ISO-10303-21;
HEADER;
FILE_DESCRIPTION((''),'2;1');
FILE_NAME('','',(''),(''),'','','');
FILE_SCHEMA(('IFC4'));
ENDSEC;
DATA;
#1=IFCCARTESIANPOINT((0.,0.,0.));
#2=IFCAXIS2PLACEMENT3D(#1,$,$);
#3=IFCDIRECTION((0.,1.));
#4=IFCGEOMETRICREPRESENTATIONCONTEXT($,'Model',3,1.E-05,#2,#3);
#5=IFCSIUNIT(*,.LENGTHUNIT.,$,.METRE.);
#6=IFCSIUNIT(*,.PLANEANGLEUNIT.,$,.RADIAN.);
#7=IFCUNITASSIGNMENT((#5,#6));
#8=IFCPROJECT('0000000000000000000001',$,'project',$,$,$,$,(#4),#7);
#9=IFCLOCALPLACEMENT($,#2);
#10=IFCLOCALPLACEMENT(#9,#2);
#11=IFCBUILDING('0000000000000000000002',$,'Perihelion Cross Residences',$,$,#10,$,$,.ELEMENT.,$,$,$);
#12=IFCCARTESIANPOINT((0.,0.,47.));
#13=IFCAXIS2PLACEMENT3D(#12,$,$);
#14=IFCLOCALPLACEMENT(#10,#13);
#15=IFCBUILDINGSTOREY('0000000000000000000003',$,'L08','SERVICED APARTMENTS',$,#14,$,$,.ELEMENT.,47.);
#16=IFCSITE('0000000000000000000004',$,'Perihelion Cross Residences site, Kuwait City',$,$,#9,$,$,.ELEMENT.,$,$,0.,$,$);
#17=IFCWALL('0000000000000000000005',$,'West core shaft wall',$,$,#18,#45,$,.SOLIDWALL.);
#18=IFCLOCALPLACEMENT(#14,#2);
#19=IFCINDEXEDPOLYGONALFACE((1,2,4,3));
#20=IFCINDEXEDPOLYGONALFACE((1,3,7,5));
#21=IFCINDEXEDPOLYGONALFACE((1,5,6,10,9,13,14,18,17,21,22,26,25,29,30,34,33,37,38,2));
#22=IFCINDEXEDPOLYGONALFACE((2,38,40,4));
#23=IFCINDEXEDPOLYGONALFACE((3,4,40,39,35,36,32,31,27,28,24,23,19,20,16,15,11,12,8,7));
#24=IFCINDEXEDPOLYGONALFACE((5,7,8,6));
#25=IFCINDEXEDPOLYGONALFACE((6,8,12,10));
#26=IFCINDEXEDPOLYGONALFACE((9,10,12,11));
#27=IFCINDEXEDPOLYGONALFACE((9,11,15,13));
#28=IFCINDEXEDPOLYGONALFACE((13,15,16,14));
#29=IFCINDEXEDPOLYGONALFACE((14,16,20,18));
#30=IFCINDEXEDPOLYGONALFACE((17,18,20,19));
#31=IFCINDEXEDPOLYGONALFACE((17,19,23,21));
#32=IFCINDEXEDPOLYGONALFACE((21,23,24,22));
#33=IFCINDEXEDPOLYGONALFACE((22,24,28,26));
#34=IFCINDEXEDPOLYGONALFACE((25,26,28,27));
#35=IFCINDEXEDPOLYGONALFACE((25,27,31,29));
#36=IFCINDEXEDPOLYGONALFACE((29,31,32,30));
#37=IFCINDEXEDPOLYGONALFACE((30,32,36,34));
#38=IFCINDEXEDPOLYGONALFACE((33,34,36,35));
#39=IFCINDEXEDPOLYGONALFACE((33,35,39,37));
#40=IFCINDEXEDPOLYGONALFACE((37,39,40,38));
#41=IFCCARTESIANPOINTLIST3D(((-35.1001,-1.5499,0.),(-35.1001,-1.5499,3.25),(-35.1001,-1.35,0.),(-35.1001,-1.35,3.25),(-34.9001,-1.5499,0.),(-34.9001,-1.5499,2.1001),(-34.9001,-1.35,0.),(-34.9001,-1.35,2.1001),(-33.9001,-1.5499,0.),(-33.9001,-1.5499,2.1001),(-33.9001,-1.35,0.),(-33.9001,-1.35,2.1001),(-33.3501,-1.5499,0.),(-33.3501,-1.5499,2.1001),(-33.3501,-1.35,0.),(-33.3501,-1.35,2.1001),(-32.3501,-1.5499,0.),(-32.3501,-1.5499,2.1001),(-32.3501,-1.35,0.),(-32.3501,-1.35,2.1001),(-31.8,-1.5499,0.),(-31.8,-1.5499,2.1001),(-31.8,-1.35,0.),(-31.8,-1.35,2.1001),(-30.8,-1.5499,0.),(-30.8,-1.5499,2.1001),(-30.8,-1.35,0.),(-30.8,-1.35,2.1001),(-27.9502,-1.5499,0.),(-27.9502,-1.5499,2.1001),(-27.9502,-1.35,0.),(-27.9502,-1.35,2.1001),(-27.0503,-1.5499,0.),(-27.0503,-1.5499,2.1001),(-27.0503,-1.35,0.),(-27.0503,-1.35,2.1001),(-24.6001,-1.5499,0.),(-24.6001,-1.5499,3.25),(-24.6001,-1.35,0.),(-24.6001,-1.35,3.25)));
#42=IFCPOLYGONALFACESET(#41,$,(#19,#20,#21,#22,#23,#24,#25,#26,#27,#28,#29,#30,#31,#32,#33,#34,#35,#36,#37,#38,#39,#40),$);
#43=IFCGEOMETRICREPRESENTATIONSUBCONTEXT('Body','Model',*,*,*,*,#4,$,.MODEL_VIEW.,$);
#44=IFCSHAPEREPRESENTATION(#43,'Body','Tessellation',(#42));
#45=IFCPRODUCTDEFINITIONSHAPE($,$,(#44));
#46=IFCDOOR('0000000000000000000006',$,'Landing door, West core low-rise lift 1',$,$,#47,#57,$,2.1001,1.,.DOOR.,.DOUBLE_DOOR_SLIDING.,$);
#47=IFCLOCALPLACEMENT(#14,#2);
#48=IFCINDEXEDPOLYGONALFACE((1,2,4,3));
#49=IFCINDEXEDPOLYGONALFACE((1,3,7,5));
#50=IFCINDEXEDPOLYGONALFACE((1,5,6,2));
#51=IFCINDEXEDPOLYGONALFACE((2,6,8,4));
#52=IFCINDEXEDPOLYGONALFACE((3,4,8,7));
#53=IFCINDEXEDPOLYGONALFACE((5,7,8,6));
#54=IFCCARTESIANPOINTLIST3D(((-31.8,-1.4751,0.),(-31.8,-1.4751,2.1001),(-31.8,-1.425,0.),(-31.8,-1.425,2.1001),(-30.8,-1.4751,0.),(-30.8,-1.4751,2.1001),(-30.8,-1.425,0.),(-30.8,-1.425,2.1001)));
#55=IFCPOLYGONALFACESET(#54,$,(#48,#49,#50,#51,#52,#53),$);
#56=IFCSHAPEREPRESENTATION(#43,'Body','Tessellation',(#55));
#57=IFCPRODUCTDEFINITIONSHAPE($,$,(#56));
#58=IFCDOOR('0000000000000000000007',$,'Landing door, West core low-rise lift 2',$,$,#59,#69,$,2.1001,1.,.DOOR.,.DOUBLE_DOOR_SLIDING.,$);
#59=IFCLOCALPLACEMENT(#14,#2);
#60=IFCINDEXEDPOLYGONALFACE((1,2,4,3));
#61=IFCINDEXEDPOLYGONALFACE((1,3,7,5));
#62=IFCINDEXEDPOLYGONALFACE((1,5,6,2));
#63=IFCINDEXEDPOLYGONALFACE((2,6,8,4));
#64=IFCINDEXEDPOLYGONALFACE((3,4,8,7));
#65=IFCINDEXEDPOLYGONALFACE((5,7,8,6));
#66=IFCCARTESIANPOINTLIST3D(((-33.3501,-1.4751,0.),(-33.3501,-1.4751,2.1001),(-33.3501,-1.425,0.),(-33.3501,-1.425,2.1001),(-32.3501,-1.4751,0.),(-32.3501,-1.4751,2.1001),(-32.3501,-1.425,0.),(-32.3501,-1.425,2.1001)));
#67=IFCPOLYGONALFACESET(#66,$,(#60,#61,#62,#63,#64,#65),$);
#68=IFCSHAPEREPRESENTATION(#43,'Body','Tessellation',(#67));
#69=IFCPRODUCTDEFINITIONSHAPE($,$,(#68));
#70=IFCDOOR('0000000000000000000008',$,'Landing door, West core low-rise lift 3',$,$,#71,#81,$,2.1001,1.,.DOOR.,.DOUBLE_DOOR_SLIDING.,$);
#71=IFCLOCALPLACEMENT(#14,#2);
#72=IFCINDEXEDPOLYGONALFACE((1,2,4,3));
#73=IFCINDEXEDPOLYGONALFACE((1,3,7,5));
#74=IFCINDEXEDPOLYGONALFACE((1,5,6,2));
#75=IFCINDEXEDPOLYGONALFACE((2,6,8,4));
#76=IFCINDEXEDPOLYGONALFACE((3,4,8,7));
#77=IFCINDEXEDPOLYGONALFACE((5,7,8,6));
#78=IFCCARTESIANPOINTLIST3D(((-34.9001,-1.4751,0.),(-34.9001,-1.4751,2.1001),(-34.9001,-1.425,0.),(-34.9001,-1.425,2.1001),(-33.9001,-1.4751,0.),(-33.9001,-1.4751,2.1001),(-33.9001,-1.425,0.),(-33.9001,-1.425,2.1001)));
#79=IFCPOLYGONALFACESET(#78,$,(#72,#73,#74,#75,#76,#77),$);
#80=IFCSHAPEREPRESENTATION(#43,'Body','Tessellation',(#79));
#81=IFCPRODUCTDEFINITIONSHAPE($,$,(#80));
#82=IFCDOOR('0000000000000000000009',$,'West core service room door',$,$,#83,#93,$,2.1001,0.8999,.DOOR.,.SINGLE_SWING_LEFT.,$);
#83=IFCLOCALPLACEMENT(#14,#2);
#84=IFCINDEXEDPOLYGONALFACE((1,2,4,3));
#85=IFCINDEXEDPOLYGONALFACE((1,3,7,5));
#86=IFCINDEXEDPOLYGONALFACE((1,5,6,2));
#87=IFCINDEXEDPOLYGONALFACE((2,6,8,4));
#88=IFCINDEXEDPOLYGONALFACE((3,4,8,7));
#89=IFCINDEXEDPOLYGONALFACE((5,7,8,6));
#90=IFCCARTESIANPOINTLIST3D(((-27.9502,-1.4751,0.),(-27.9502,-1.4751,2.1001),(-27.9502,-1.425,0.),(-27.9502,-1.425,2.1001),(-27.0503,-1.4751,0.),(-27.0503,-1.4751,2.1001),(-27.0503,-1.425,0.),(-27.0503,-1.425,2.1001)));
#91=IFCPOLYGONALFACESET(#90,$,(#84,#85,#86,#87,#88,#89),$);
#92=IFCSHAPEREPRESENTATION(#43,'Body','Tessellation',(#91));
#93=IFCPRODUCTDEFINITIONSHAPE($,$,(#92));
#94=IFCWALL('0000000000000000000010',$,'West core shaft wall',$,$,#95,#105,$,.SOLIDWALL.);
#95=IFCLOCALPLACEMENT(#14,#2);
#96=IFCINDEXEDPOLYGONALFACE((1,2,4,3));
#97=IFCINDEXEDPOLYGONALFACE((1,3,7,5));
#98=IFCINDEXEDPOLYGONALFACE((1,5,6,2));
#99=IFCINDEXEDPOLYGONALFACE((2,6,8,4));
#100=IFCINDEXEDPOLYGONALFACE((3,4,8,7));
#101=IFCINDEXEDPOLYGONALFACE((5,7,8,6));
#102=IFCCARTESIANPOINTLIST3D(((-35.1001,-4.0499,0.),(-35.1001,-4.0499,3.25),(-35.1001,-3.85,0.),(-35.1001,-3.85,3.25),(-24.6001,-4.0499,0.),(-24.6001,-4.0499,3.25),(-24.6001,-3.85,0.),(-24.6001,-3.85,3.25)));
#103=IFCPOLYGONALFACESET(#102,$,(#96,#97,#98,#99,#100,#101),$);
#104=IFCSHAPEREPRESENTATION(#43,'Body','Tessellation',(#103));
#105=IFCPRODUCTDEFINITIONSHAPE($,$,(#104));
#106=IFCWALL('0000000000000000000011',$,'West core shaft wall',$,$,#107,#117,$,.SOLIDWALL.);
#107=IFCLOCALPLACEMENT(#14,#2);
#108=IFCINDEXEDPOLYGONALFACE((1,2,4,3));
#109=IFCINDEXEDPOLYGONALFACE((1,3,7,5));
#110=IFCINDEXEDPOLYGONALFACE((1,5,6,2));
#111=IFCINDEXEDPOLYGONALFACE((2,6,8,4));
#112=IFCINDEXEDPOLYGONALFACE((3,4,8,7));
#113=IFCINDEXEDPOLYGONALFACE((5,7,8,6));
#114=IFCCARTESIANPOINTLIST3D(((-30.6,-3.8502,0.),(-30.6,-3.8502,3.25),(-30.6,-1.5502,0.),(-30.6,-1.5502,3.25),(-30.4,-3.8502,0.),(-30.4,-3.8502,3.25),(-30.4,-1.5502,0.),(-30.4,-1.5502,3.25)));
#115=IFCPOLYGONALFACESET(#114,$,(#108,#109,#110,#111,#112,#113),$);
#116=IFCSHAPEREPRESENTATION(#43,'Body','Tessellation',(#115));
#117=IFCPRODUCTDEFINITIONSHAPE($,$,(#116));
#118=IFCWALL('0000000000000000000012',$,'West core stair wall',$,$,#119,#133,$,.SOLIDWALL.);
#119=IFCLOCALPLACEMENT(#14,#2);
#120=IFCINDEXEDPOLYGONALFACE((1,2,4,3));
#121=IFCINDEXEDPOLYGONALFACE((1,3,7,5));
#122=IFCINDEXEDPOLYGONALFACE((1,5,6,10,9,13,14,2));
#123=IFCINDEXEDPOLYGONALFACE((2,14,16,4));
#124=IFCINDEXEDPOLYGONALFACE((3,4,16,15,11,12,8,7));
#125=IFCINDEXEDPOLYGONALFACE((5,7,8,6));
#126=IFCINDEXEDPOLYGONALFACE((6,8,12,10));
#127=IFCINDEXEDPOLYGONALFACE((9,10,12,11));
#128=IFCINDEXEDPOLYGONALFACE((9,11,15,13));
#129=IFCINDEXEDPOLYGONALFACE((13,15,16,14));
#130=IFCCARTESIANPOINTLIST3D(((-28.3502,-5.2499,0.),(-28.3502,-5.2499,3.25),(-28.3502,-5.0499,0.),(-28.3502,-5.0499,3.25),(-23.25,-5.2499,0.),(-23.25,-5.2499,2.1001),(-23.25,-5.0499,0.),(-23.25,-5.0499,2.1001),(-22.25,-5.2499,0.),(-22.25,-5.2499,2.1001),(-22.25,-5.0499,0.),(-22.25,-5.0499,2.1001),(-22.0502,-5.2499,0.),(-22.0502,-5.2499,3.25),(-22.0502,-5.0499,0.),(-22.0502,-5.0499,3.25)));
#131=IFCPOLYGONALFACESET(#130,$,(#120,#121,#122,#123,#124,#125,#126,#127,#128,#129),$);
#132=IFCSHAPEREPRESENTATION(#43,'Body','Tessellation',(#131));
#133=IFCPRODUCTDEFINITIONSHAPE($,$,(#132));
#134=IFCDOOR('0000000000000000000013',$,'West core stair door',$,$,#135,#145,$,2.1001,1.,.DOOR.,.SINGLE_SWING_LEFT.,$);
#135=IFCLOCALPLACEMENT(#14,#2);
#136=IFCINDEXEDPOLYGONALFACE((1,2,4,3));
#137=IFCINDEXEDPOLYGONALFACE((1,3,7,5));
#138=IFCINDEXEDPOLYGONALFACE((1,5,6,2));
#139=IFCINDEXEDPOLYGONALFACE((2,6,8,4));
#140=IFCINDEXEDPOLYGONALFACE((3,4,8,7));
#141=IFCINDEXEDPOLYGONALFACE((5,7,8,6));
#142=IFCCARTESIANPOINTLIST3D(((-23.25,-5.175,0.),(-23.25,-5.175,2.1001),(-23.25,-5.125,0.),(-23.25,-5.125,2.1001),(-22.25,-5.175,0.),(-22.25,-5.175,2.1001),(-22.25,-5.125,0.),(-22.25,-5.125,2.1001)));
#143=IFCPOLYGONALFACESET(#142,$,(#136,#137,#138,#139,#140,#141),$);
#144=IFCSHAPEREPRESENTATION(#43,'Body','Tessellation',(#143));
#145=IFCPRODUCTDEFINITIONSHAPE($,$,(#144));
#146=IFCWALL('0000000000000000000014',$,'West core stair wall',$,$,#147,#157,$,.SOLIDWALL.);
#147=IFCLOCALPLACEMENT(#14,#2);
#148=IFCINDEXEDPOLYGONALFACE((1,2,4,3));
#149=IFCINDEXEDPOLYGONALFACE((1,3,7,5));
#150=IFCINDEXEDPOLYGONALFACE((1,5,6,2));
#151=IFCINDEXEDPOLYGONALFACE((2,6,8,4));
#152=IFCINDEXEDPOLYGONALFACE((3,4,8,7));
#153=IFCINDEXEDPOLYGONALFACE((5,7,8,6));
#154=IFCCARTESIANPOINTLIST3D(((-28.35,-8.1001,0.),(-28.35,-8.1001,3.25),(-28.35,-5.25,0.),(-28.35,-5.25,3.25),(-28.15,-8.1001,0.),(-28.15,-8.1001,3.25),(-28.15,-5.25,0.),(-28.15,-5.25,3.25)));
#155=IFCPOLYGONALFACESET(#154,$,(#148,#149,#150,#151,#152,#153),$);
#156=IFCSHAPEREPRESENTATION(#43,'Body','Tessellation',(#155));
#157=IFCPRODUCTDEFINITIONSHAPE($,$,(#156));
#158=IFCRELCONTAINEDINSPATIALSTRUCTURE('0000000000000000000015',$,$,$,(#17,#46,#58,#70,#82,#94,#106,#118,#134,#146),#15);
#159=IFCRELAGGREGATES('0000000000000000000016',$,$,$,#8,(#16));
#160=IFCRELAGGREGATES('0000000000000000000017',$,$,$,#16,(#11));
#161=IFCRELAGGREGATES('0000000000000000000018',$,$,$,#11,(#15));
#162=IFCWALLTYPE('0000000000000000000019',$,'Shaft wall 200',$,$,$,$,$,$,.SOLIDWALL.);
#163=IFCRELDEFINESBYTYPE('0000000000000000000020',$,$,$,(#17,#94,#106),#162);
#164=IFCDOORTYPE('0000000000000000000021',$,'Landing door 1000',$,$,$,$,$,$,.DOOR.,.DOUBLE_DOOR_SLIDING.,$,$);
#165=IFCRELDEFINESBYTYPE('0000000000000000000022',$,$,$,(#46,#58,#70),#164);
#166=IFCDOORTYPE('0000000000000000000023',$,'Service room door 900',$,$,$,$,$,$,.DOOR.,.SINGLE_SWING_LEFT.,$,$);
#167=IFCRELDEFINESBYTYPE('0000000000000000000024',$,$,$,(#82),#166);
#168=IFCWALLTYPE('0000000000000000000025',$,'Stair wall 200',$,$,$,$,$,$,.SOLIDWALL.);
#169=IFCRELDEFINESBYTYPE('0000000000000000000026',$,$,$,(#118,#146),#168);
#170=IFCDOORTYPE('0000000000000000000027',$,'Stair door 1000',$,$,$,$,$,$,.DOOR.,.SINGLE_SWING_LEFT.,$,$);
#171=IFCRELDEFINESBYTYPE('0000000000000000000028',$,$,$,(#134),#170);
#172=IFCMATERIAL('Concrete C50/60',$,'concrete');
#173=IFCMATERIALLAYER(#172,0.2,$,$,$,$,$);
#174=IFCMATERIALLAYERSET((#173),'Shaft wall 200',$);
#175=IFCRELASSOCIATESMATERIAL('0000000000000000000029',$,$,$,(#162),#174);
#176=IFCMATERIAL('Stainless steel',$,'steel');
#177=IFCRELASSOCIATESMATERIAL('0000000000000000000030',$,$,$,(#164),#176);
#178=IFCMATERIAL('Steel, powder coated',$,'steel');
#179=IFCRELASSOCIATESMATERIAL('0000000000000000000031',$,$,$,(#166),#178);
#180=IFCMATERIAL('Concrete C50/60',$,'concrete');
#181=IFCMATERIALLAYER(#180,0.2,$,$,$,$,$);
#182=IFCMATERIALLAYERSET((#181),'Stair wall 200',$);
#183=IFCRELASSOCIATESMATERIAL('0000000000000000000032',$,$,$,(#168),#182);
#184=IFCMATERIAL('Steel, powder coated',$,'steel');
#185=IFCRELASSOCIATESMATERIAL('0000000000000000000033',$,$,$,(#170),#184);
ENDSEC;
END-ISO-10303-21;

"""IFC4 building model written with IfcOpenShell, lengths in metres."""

from ifc_helpers import new_model, si_unit, direction, frame, frame_2d, origin, place, context, subcontext, project, spatial, rectangle, extrude, material, layer, layer_set, type_object, element, fill, save


model = new_model("IFC4")

# Units and contexts
model_context = context("Model", 3, precision=1e-05, world=origin(), true_north=direction((0.0, 1.0)))
body_context = subcontext(model_context, "Body", "Model", "MODEL_VIEW")
ifc_project = project(units=[si_unit("LENGTHUNIT", "METRE"), si_unit("PLANEANGLEUNIT", "RADIAN")], contexts=[model_context])

# Site, building, storey
site_placement = place(None, origin())
site = spatial("IfcSite", under=ifc_project, at=site_placement, Name="Perihelion Cross Residences site, Kuwait City", CompositionType="ELEMENT", RefElevation=0.0)
building_placement = place(site_placement, origin())
building = spatial("IfcBuilding", under=site, at=building_placement, Name="Perihelion Cross Residences", CompositionType="ELEMENT")
storey_placement = place(building_placement, frame((0.0, 0.0, 47.0)))
storey = spatial("IfcBuildingStorey", under=building, at=storey_placement, Name="L08", Description="SERVICED APARTMENTS", CompositionType="ELEMENT", Elevation=47.0)

# Wall, openings, doors
ifc_material_1 = material(Name="Concrete C50/60", Category="concrete")
ifc_layer_1 = layer(ifc_material_1, 0.2)
ifc_layer_set_1 = layer_set([ifc_layer_1], Name="Shaft wall 200")
wall_type_1 = type_object("IfcWallType", Name="Shaft wall 200", PredefinedType="SOLIDWALL", material=ifc_layer_set_1)
wall_1_placement = place(storey_placement, frame((-35.1001, -1.45, 0.0), z_axis=(0.0, 0.0, 1.0), x_axis=(1.0, 0.0, 0.0)))
wall_1 = element("IfcWall", 1, at=wall_1_placement, inside=storey, type_object=wall_type_1, Name="West core shaft wall", PredefinedType="SOLIDWALL", context=body_context, shape_type="SweptSolid", body=[
    extrude(rectangle(XDim=10.5, YDim=0.2, at=frame_2d((5.25, 0.0))), origin(), (0.0, 0.0, 1.0), 3.25),
])
opening_1_placement = place(wall_1_placement, frame((3.3, 0.0, 0.0)))
opening_1 = element("IfcOpeningElement", 2, at=opening_1_placement, cuts=wall_1, PredefinedType="OPENING", context=body_context, shape_type="SweptSolid", body=[
    extrude(rectangle(XDim=1.0, YDim=2.1001, at=frame_2d((0.5, 1.05))), frame((0.0, 0.1099, 0.0), z_axis=(0.0, -1.0, 0.0), x_axis=(1.0, 0.0, 0.0)), (0.0, 0.0, 1.0), 0.22),
])
opening_2_placement = place(wall_1_placement, frame((1.75, 0.0, 0.0)))
opening_2 = element("IfcOpeningElement", 3, at=opening_2_placement, cuts=wall_1, PredefinedType="OPENING", context=body_context, shape_type="SweptSolid", body=[
    extrude(rectangle(XDim=1.0, YDim=2.1001, at=frame_2d((0.5, 1.05))), frame((0.0, 0.1099, 0.0), z_axis=(0.0, -1.0, 0.0), x_axis=(1.0, 0.0, 0.0)), (0.0, 0.0, 1.0), 0.22),
])
opening_3_placement = place(wall_1_placement, frame((0.2, 0.0, 0.0)))
opening_3 = element("IfcOpeningElement", 4, at=opening_3_placement, cuts=wall_1, PredefinedType="OPENING", context=body_context, shape_type="SweptSolid", body=[
    extrude(rectangle(XDim=1.0, YDim=2.1001, at=frame_2d((0.5, 1.05))), frame((0.0, 0.1099, 0.0), z_axis=(0.0, -1.0, 0.0), x_axis=(1.0, 0.0, 0.0)), (0.0, 0.0, 1.0), 0.22),
])
opening_4_placement = place(wall_1_placement, frame((7.1499, 0.0, 0.0)))
opening_4 = element("IfcOpeningElement", 5, at=opening_4_placement, cuts=wall_1, PredefinedType="OPENING", context=body_context, shape_type="SweptSolid", body=[
    extrude(rectangle(XDim=0.8999, YDim=2.1001, at=frame_2d((0.45, 1.05))), frame((0.0, 0.1099, 0.0), z_axis=(0.0, -1.0, 0.0), x_axis=(1.0, 0.0, 0.0)), (0.0, 0.0, 1.0), 0.22),
])
ifc_material_2 = material(Name="Stainless steel", Category="steel")
door_type_1 = type_object("IfcDoorType", Name="Landing door 1000", OperationType="DOUBLE_DOOR_SLIDING", PredefinedType="DOOR", material=ifc_material_2)
door_1_placement = place(opening_1_placement, origin())
door_1 = element("IfcDoor", 6, at=door_1_placement, inside=storey, type_object=door_type_1, Name="Landing door, West core low-rise lift 1", OperationType="DOUBLE_DOOR_SLIDING", OverallHeight=2.1001, OverallWidth=1.0, PredefinedType="DOOR", context=body_context, shape_type="SweptSolid", body=[
    extrude(rectangle(XDim=1.0, YDim=2.1001, at=frame_2d((0.5, 1.05))), frame((0.0, 0.0249, 0.0), z_axis=(0.0, -1.0, 0.0), x_axis=(1.0, 0.0, 0.0)), (0.0, 0.0, 1.0), 0.05),
])
fill(opening_1, door_1)
door_2_placement = place(opening_2_placement, origin())
door_2 = element("IfcDoor", 7, at=door_2_placement, inside=storey, type_object=door_type_1, Name="Landing door, West core low-rise lift 2", OperationType="DOUBLE_DOOR_SLIDING", OverallHeight=2.1001, OverallWidth=1.0, PredefinedType="DOOR", context=body_context, shape_type="SweptSolid", body=[
    extrude(rectangle(XDim=1.0, YDim=2.1001, at=frame_2d((0.5, 1.05))), frame((0.0, 0.0249, 0.0), z_axis=(0.0, -1.0, 0.0), x_axis=(1.0, 0.0, 0.0)), (0.0, 0.0, 1.0), 0.05),
])
fill(opening_2, door_2)
door_3_placement = place(opening_3_placement, origin())
door_3 = element("IfcDoor", 8, at=door_3_placement, inside=storey, type_object=door_type_1, Name="Landing door, West core low-rise lift 3", OperationType="DOUBLE_DOOR_SLIDING", OverallHeight=2.1001, OverallWidth=1.0, PredefinedType="DOOR", context=body_context, shape_type="SweptSolid", body=[
    extrude(rectangle(XDim=1.0, YDim=2.1001, at=frame_2d((0.5, 1.05))), frame((0.0, 0.0249, 0.0), z_axis=(0.0, -1.0, 0.0), x_axis=(1.0, 0.0, 0.0)), (0.0, 0.0, 1.0), 0.05),
])
fill(opening_3, door_3)
ifc_material_3 = material(Name="Steel, powder coated", Category="steel")
door_type_2 = type_object("IfcDoorType", Name="Service room door 900", OperationType="SINGLE_SWING_LEFT", PredefinedType="DOOR", material=ifc_material_3)
door_4_placement = place(opening_4_placement, origin())
door_4 = element("IfcDoor", 9, at=door_4_placement, inside=storey, type_object=door_type_2, Name="West core service room door", OperationType="SINGLE_SWING_LEFT", OverallHeight=2.1001, OverallWidth=0.8999, PredefinedType="DOOR", context=body_context, shape_type="SweptSolid", body=[
    extrude(rectangle(XDim=0.8999, YDim=2.1001, at=frame_2d((0.45, 1.05))), frame((0.0, 0.0249, 0.0), z_axis=(0.0, -1.0, 0.0), x_axis=(1.0, 0.0, 0.0)), (0.0, 0.0, 1.0), 0.05),
])
fill(opening_4, door_4)

# Walls
wall_2_placement = place(storey_placement, frame((-35.1001, -3.95, 0.0), z_axis=(0.0, 0.0, 1.0), x_axis=(1.0, 0.0, 0.0)))
element("IfcWall", 10, at=wall_2_placement, inside=storey, type_object=wall_type_1, Name="West core shaft wall", PredefinedType="SOLIDWALL", context=body_context, shape_type="SweptSolid", body=[
    extrude(rectangle(XDim=10.5, YDim=0.2, at=frame_2d((5.25, 0.0))), origin(), (0.0, 0.0, 1.0), 3.25),
])
wall_3_placement = place(storey_placement, frame((-30.5, -3.8501, 0.0), z_axis=(0.0, 0.0, 1.0), x_axis=(0.0, 1.0, 0.0)))
element("IfcWall", 11, at=wall_3_placement, inside=storey, type_object=wall_type_1, Name="West core shaft wall", PredefinedType="SOLIDWALL", context=body_context, shape_type="SweptSolid", body=[
    extrude(rectangle(XDim=2.3, YDim=0.2, at=frame_2d((1.1499, 0.0))), origin(), (0.0, 0.0, 1.0), 3.25),
])

# Wall, opening, door
ifc_material_4 = material(Name="Concrete C50/60", Category="concrete")
ifc_layer_2 = layer(ifc_material_4, 0.2)
ifc_layer_set_2 = layer_set([ifc_layer_2], Name="Stair wall 200")
wall_type_2 = type_object("IfcWallType", Name="Stair wall 200", PredefinedType="SOLIDWALL", material=ifc_layer_set_2)
wall_4_placement = place(storey_placement, frame((-28.3501, -5.1499, 0.0), z_axis=(0.0, 0.0, 1.0), x_axis=(1.0, 0.0, 0.0)))
wall_4 = element("IfcWall", 12, at=wall_4_placement, inside=storey, type_object=wall_type_2, Name="West core stair wall", PredefinedType="SOLIDWALL", context=body_context, shape_type="SweptSolid", body=[
    extrude(rectangle(XDim=6.3, YDim=0.2, at=frame_2d((3.1499, 0.0))), origin(), (0.0, 0.0, 1.0), 3.25),
])
opening_5_placement = place(wall_4_placement, frame((5.1001, 0.0, 0.0)))
opening_5 = element("IfcOpeningElement", 13, at=opening_5_placement, cuts=wall_4, PredefinedType="OPENING", context=body_context, shape_type="SweptSolid", body=[
    extrude(rectangle(XDim=1.0, YDim=2.1001, at=frame_2d((0.5, 1.05))), frame((0.0, 0.1099, 0.0), z_axis=(0.0, -1.0, 0.0), x_axis=(1.0, 0.0, 0.0)), (0.0, 0.0, 1.0), 0.22),
])
ifc_material_5 = material(Name="Steel, powder coated", Category="steel")
door_type_3 = type_object("IfcDoorType", Name="Stair door 1000", OperationType="SINGLE_SWING_LEFT", PredefinedType="DOOR", material=ifc_material_5)
door_5_placement = place(opening_5_placement, origin())
door_5 = element("IfcDoor", 14, at=door_5_placement, inside=storey, type_object=door_type_3, Name="West core stair door", OperationType="SINGLE_SWING_LEFT", OverallHeight=2.1001, OverallWidth=1.0, PredefinedType="DOOR", context=body_context, shape_type="SweptSolid", body=[
    extrude(rectangle(XDim=1.0, YDim=2.1001, at=frame_2d((0.5, 1.05))), frame((0.0, 0.0249, 0.0), z_axis=(0.0, -1.0, 0.0), x_axis=(1.0, 0.0, 0.0)), (0.0, 0.0, 1.0), 0.05),
])
fill(opening_5, door_5)

# Wall
wall_5_placement = place(storey_placement, frame((-28.25, -8.1001, 0.0), z_axis=(0.0, 0.0, 1.0), x_axis=(0.0, 1.0, 0.0)))
element("IfcWall", 15, at=wall_5_placement, inside=storey, type_object=wall_type_2, Name="West core stair wall", PredefinedType="SOLIDWALL", context=body_context, shape_type="SweptSolid", body=[
    extrude(rectangle(XDim=2.8501, YDim=0.2, at=frame_2d((1.425, 0.0))), origin(), (0.0, 0.0, 1.0), 3.25),
])

save(model, "model.ifc")
